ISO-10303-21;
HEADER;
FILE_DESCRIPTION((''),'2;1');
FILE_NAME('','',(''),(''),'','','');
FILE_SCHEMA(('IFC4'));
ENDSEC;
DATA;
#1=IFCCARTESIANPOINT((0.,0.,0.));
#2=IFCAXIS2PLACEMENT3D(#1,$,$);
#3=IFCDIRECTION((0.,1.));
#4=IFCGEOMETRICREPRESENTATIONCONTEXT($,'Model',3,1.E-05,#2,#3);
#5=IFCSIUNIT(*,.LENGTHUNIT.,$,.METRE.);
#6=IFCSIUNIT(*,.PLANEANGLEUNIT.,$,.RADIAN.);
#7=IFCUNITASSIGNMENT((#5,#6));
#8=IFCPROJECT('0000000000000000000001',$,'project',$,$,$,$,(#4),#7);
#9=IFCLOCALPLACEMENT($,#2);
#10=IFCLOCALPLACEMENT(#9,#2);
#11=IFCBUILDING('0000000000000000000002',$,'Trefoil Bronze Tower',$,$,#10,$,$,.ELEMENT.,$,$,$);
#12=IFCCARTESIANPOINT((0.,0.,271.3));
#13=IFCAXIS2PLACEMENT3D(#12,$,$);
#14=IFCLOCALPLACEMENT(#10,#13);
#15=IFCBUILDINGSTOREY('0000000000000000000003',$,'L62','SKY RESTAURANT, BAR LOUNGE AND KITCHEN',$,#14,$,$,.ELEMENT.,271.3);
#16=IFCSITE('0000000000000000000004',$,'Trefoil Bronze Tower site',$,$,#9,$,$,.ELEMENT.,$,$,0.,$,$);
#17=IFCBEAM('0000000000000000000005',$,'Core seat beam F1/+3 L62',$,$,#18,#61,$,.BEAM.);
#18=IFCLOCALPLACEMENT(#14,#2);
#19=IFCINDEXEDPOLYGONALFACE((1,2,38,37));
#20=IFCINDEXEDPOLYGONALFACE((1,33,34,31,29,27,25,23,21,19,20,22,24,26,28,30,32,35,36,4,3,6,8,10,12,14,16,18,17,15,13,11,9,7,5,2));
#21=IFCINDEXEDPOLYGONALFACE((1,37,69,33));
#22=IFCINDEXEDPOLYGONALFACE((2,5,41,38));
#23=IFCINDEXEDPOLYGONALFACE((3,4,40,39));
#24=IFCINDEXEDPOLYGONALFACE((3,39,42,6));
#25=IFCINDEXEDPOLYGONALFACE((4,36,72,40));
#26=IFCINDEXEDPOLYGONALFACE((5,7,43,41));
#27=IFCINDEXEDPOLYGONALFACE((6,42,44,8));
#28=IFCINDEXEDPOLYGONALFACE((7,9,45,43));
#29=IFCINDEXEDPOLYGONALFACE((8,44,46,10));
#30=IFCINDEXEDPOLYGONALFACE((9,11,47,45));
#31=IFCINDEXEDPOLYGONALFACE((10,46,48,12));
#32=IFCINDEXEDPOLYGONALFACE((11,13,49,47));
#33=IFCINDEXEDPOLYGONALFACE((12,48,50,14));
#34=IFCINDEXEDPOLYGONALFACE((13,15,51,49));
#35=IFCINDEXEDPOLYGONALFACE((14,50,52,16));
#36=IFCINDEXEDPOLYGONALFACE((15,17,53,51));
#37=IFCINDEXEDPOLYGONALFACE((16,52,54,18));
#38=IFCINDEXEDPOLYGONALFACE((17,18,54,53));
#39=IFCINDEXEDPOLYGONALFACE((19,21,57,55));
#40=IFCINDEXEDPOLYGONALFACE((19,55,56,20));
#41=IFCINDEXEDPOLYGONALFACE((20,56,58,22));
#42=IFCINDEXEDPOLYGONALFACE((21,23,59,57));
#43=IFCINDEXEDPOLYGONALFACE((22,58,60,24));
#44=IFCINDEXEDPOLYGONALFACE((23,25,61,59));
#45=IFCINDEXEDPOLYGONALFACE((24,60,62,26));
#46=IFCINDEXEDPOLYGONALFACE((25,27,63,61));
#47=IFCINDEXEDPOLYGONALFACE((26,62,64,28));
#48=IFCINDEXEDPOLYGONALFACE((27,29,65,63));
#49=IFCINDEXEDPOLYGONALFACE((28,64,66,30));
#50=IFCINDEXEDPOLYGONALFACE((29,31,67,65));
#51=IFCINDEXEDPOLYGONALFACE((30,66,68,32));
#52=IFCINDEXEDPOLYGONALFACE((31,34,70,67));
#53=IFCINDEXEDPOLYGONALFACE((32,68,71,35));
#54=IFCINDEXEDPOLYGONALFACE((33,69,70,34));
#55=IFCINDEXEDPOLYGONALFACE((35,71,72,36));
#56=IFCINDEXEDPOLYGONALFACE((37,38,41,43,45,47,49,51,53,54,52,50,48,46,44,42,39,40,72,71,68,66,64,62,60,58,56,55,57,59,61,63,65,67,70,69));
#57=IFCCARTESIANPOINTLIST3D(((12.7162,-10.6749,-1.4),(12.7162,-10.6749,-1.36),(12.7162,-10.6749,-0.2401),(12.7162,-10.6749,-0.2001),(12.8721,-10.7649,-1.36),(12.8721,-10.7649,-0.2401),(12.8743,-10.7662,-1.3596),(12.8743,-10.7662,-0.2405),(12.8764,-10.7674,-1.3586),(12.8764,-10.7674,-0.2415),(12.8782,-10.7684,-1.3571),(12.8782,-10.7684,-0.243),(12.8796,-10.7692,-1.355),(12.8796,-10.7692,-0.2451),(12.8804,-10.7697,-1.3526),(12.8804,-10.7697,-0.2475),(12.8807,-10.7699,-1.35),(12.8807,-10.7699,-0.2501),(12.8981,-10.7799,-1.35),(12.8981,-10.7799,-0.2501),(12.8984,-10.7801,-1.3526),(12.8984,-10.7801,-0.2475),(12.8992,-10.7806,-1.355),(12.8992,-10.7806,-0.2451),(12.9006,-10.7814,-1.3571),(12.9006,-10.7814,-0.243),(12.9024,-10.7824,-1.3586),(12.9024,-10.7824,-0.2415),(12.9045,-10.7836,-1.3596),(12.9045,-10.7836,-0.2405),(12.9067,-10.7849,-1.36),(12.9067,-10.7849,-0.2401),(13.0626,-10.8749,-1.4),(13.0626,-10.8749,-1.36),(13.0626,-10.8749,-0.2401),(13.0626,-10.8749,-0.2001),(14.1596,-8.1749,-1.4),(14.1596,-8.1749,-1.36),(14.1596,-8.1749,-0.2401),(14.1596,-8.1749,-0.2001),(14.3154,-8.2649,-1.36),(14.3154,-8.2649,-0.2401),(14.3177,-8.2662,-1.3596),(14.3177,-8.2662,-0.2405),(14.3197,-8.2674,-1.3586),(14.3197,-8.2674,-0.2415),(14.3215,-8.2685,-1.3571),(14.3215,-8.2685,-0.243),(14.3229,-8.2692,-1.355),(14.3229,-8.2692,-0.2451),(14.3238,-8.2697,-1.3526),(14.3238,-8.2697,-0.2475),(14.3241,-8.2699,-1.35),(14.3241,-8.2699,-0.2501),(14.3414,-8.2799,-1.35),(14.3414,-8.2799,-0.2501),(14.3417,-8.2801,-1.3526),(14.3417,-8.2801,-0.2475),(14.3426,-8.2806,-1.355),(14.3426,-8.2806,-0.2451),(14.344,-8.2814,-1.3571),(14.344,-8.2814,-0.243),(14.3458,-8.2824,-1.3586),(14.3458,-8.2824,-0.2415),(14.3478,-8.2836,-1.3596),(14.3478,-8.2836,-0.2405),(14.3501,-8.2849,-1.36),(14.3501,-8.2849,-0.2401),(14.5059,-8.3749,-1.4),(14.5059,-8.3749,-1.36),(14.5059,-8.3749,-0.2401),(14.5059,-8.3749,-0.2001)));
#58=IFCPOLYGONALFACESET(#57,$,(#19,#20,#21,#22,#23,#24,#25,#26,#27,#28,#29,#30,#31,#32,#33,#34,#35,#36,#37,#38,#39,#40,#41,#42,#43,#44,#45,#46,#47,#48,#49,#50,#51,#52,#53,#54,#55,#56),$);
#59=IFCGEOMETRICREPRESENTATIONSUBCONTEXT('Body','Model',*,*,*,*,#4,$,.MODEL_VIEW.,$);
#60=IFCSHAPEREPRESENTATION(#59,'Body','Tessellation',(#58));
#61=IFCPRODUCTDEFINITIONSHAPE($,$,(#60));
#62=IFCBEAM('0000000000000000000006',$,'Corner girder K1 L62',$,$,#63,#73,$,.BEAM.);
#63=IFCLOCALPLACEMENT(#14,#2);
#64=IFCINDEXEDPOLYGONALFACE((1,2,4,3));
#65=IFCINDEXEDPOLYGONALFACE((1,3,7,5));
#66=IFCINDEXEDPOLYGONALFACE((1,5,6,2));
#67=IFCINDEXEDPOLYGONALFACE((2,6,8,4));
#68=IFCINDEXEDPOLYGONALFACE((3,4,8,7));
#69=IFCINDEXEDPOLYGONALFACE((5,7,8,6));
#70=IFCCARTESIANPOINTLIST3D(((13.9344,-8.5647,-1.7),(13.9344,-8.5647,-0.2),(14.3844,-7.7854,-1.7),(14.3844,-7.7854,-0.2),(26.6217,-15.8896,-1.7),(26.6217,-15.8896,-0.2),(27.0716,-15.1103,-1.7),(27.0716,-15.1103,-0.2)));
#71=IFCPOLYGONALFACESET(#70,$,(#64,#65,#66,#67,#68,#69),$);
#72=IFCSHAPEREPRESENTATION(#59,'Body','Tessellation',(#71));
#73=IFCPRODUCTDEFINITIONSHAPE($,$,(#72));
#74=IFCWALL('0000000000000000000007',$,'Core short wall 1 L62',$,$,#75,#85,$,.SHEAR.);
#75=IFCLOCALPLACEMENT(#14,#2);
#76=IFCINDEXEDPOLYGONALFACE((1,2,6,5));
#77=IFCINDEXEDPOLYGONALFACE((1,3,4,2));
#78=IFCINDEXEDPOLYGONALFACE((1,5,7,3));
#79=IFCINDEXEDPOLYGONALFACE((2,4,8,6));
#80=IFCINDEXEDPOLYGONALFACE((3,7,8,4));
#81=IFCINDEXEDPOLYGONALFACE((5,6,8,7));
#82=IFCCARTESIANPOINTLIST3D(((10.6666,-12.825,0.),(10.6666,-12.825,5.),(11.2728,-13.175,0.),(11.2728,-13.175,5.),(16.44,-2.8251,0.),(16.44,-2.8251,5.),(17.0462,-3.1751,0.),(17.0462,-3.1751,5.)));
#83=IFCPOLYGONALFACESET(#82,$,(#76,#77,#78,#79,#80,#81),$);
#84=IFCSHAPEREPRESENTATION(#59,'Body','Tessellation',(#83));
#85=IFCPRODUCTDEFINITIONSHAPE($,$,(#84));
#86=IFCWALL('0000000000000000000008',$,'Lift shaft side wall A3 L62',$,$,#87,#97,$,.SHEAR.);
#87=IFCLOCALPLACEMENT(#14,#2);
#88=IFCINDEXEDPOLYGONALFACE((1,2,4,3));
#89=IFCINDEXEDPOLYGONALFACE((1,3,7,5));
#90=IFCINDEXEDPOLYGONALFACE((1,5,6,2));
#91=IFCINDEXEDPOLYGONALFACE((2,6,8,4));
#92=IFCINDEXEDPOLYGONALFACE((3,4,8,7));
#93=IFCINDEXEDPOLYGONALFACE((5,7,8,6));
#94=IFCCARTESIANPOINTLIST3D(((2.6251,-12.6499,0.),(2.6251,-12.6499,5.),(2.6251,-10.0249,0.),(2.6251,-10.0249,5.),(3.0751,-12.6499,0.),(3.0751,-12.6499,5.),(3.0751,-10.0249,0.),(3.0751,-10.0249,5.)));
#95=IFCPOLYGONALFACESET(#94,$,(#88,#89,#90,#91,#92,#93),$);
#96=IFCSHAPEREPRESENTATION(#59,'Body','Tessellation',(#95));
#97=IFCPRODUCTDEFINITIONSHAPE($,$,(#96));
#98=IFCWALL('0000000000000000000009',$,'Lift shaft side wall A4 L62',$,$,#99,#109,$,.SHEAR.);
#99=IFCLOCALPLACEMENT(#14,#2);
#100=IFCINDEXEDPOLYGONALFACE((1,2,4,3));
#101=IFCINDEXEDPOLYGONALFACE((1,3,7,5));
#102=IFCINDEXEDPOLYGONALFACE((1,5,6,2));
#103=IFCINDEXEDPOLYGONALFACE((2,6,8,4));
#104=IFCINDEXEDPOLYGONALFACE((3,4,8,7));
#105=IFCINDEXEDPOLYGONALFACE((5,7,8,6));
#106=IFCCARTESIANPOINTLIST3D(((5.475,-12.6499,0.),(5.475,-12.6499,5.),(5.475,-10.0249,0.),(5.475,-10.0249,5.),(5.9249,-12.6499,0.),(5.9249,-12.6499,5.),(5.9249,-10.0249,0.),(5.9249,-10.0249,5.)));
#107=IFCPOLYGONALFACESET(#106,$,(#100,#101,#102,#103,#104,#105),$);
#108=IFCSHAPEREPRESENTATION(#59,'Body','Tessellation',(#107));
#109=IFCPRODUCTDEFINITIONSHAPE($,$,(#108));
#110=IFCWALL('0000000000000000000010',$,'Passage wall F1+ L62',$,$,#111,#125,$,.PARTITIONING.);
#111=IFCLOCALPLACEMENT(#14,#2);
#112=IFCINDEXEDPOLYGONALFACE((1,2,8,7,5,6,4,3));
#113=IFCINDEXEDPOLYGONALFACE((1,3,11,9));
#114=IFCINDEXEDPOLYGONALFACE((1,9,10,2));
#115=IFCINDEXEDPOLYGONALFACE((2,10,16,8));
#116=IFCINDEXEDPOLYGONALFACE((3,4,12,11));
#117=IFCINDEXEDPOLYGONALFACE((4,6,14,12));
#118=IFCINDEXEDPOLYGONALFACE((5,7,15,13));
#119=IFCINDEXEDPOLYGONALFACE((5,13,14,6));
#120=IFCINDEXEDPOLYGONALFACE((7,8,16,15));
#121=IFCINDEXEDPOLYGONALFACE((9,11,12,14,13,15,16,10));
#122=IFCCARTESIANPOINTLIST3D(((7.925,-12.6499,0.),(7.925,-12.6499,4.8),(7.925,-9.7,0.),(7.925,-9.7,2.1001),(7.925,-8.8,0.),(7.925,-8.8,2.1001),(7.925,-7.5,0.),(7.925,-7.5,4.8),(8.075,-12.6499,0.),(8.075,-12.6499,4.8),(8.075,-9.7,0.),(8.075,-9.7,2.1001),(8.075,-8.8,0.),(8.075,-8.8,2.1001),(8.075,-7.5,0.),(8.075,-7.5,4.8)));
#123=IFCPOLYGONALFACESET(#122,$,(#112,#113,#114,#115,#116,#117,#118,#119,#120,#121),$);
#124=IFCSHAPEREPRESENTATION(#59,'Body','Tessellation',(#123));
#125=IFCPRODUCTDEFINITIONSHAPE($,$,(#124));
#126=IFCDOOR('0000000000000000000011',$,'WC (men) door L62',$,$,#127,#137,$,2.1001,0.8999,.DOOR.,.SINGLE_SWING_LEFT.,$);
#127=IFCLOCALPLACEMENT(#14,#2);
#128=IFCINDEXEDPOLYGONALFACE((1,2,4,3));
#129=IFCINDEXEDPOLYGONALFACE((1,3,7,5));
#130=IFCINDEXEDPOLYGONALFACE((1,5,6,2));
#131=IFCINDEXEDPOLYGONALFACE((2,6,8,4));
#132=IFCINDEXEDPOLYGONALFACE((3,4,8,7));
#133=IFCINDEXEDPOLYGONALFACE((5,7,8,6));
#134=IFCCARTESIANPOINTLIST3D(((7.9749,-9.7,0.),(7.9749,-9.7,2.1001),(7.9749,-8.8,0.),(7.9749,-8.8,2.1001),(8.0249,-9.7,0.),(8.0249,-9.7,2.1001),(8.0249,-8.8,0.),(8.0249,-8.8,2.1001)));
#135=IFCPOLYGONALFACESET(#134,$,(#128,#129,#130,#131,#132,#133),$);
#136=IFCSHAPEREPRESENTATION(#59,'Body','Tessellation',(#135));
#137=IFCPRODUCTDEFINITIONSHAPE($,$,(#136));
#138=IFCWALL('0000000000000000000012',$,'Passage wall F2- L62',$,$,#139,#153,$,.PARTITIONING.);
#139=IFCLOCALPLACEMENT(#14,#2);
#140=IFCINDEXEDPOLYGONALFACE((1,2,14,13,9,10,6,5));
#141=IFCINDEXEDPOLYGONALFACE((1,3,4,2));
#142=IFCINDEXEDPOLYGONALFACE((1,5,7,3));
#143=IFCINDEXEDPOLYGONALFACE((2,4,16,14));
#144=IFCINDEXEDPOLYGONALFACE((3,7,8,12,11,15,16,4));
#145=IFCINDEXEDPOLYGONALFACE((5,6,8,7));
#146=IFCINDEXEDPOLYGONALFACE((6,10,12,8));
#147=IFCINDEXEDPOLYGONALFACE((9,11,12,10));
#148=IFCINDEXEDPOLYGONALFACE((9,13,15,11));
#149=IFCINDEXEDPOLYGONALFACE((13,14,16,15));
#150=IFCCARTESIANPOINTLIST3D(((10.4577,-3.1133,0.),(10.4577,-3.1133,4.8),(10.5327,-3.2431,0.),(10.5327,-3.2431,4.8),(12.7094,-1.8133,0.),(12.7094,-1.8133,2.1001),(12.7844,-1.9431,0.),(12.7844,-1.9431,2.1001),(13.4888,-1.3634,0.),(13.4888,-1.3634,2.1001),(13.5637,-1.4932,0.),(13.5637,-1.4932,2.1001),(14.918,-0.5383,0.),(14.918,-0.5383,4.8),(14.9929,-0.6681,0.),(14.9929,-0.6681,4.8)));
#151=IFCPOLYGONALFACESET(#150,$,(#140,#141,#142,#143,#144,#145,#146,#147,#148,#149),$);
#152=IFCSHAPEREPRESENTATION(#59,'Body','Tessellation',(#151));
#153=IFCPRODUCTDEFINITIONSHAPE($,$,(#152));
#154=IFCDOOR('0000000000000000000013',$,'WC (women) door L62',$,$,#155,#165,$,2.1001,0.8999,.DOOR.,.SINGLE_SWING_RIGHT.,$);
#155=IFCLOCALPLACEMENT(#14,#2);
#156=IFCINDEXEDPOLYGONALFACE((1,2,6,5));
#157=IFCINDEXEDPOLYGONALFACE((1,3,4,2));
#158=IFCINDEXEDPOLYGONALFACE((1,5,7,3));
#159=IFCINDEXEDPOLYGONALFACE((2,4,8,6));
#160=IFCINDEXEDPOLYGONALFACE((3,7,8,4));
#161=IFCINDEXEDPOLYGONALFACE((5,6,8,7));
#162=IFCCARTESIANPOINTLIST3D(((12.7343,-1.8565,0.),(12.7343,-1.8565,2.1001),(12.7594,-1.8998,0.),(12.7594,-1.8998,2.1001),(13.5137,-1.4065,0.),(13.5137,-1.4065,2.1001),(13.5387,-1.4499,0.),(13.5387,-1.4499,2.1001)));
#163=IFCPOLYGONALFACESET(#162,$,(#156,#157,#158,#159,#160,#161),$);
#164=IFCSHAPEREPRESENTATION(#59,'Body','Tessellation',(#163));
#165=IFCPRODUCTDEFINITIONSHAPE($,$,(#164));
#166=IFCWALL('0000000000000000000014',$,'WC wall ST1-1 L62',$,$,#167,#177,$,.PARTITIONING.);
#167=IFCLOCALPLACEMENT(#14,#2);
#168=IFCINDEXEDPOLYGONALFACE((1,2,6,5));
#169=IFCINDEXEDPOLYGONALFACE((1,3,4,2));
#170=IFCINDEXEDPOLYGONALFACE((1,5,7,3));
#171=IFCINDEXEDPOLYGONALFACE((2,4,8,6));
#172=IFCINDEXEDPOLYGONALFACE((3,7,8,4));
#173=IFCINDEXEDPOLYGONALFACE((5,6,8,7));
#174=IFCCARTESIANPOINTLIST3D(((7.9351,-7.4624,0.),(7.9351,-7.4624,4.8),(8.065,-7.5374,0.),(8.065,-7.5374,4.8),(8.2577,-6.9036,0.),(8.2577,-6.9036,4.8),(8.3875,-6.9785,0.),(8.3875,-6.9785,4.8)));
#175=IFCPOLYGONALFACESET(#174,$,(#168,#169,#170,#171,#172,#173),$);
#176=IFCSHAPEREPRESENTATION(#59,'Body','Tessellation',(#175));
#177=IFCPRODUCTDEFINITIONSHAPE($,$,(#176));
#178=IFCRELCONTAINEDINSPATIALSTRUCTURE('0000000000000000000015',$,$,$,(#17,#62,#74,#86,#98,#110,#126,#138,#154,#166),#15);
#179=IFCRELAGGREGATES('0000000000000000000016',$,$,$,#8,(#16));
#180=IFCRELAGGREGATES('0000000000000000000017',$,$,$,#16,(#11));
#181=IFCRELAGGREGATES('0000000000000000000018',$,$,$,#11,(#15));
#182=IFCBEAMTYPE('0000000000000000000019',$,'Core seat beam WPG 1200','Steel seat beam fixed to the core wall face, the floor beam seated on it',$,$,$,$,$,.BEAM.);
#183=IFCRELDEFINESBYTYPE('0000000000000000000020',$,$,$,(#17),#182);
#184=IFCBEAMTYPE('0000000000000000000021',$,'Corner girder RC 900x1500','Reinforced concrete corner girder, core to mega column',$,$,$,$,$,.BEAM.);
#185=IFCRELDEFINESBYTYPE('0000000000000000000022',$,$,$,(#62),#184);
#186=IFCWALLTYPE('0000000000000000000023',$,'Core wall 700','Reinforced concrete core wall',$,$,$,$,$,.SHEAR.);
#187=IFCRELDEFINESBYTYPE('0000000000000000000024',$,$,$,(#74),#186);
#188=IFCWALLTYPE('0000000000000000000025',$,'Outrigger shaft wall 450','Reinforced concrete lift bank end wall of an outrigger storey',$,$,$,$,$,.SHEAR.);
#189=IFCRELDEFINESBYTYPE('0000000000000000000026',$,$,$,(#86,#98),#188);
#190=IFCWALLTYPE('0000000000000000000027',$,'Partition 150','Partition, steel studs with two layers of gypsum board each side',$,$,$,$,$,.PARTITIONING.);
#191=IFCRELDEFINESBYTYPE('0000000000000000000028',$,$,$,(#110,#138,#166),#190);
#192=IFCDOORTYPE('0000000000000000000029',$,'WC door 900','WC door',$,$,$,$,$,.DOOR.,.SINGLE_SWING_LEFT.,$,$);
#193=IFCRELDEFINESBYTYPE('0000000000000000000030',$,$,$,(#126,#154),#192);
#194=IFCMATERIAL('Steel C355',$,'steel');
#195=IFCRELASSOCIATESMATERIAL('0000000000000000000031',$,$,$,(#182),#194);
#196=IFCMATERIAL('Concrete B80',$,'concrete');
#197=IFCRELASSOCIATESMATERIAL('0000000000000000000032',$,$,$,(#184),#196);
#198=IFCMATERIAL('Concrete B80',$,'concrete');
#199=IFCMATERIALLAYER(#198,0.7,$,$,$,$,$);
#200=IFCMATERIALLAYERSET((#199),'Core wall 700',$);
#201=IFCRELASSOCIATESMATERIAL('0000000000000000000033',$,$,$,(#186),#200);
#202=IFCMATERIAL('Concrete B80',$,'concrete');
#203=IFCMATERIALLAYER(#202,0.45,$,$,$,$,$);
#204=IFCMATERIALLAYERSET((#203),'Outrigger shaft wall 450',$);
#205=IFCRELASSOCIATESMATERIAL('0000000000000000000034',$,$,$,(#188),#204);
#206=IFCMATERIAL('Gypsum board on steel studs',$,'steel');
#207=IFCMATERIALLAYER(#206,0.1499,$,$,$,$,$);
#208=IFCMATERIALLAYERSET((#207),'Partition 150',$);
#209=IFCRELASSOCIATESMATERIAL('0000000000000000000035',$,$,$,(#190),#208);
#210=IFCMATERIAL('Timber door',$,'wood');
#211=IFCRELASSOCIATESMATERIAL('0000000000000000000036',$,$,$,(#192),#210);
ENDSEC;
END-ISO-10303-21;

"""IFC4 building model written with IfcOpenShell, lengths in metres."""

from ifc_helpers import new_model, si_unit, direction, frame, frame_2d, origin, origin_2d, place, context, subcontext, project, spatial, rectangle, i_section, extrude, material, layer, layer_set, material_profile, profile_set, type_object, element, fill, save


model = new_model("IFC4")

# Units and contexts
model_context = context("Model", 3, precision=1e-05, world=origin(), true_north=direction((0.0, 1.0)))
body_context = subcontext(model_context, "Body", "Model", "MODEL_VIEW")
ifc_project = project(units=[si_unit("LENGTHUNIT", "METRE"), si_unit("PLANEANGLEUNIT", "RADIAN")], contexts=[model_context])

# Site, building, storey
site_placement = place(None, origin())
site = spatial("IfcSite", under=ifc_project, at=site_placement, Name="Trefoil Bronze Tower site", CompositionType="ELEMENT", RefElevation=0.0)
building_placement = place(site_placement, origin())
building = spatial("IfcBuilding", under=site, at=building_placement, Name="Trefoil Bronze Tower", CompositionType="ELEMENT")
storey_placement = place(building_placement, frame((0.0, 0.0, 271.3)))
storey = spatial("IfcBuildingStorey", under=building, at=storey_placement, Name="L62", Description="SKY RESTAURANT, BAR LOUNGE AND KITCHEN", CompositionType="ELEMENT", Elevation=271.3)

# Beams
ifc_material_1 = material(Name="Steel C355", Category="steel")
ifc_material_profile_1 = material_profile(ifc_material_1, i_section(OverallWidth=0.3999, OverallDepth=1.2, WebThickness=0.02, FlangeThickness=0.04, FilletRadius=0.01, at=origin_2d()), Name="WPG 1200")
ifc_profile_set_1 = profile_set([ifc_material_profile_1], Name="Steel C355")
beam_type_1 = type_object("IfcBeamType", Name="Core seat beam WPG 1200", Description="Steel seat beam fixed to the core wall face, the floor beam seated on it", PredefinedType="BEAM", material=ifc_profile_set_1)
beam_1_placement = place(storey_placement, frame((12.8894, -10.7749, -0.8), z_axis=(0.499996, 0.866028, 0.0), x_axis=(-0.866028, 0.499996, 0.0)))
element("IfcBeam", 1, at=beam_1_placement, inside=storey, type_object=beam_type_1, Name="Core seat beam F1/+3 L62", PredefinedType="BEAM", context=body_context, shape_type="SweptSolid", body=[
    extrude(i_section(OverallWidth=0.3999, OverallDepth=1.2, WebThickness=0.02, FlangeThickness=0.04, FilletRadius=0.01, at=origin_2d()), origin(), (0.0, 0.0, 1.0), 2.8867),
])
ifc_material_2 = material(Name="Concrete B80", Category="concrete")
ifc_material_profile_2 = material_profile(ifc_material_2, rectangle(XDim=0.8999, YDim=1.5, at=origin_2d()), Name="RC 900x1500")
ifc_profile_set_2 = profile_set([ifc_material_profile_2], Name="Concrete B80")
beam_type_2 = type_object("IfcBeamType", Name="Corner girder RC 900x1500", Description="Reinforced concrete corner girder, core to mega column", PredefinedType="BEAM", material=ifc_profile_set_2)
beam_2_placement = place(storey_placement, frame((14.1594, -8.175, -0.95), z_axis=(0.866027, -0.499998, 0.0), x_axis=(0.499998, 0.866027, 0.0)))
element("IfcBeam", 2, at=beam_2_placement, inside=storey, type_object=beam_type_2, Name="Corner girder K1 L62", PredefinedType="BEAM", context=body_context, shape_type="SweptSolid", body=[
    extrude(rectangle(XDim=0.8999, YDim=1.5, at=origin_2d()), origin(), (0.0, 0.0, 1.0), 14.6499),
])

# Walls
ifc_material_3 = material(Name="Concrete B80", Category="concrete")
ifc_layer_1 = layer(ifc_material_3, 0.7)
ifc_layer_set_1 = layer_set([ifc_layer_1], Name="Core wall 700")
wall_type_1 = type_object("IfcWallType", Name="Core wall 700", Description="Reinforced concrete core wall", PredefinedType="SHEAR", material=ifc_layer_set_1)
wall_1_placement = place(storey_placement, frame((10.9697, -13.0, 0.0), z_axis=(0.0, 0.0, 1.0), x_axis=(0.499996, 0.866028, 0.0)))
element("IfcWall", 3, at=wall_1_placement, inside=storey, type_object=wall_type_1, Name="Core short wall 1 L62", PredefinedType="SHEAR", context=body_context, shape_type="SweptSolid", body=[
    extrude(rectangle(XDim=11.5469, YDim=0.7, at=frame_2d((5.7734, 0.0))), origin(), (0.0, 0.0, 1.0), 5.0),
])
ifc_material_4 = material(Name="Concrete B80", Category="concrete")
ifc_layer_2 = layer(ifc_material_4, 0.45)
ifc_layer_set_2 = layer_set([ifc_layer_2], Name="Outrigger shaft wall 450")
wall_type_2 = type_object("IfcWallType", Name="Outrigger shaft wall 450", Description="Reinforced concrete lift bank end wall of an outrigger storey", PredefinedType="SHEAR", material=ifc_layer_set_2)
for number, where, z_axis, x_axis, name in (
    (4, (2.8501, -10.0249, 0.0), (0.0, 0.0, 1.0), (0.0, -1.0, 0.0), "Lift shaft side wall A3 L62"),
    (5, (5.7, -10.0249, 0.0), (0.0, 0.0, 1.0), (0.0, -1.0, 0.0), "Lift shaft side wall A4 L62"),
):
    element("IfcWall", number, at=place(storey_placement, frame(where, z_axis=z_axis, x_axis=x_axis)), inside=storey, type_object=wall_type_2, Name=name, PredefinedType="SHEAR", context=body_context, shape_type="SweptSolid", body=[
        extrude(rectangle(XDim=2.625, YDim=0.45, at=frame_2d((1.3125, 0.0))), origin(), (0.0, 0.0, 1.0), 5.0),
    ])

# Walls, openings, doors
ifc_material_5 = material(Name="Gypsum board on steel studs", Category="steel")
ifc_layer_3 = layer(ifc_material_5, 0.1499)
ifc_layer_set_3 = layer_set([ifc_layer_3], Name="Partition 150")
wall_type_3 = type_object("IfcWallType", Name="Partition 150", Description="Partition, steel studs with two layers of gypsum board each side", PredefinedType="PARTITIONING", material=ifc_layer_set_3)
wall_2_placement = place(storey_placement, frame((8.0, -7.5, 0.0), z_axis=(0.0, 0.0, 1.0), x_axis=(0.0, -1.0, 0.0)))
wall_2 = element("IfcWall", 6, at=wall_2_placement, inside=storey, type_object=wall_type_3, Name="Passage wall F1+ L62", PredefinedType="PARTITIONING", context=body_context, shape_type="SweptSolid", body=[
    extrude(rectangle(XDim=5.1499, YDim=0.1499, at=frame_2d((2.575, 0.0))), origin(), (0.0, 0.0, 1.0), 4.8),
])
opening_1_placement = place(wall_2_placement, frame((1.3, 0.0, 0.0)))
opening_1 = element("IfcOpeningElement", 7, at=opening_1_placement, cuts=wall_2, PredefinedType="OPENING", context=body_context, shape_type="SweptSolid", body=[
    extrude(rectangle(XDim=0.8999, YDim=2.1001, at=frame_2d((0.45, 1.05))), frame((0.0, 0.085, 0.0), z_axis=(0.0, -1.0, 0.0), x_axis=(1.0, 0.0, 0.0)), (0.0, 0.0, 1.0), 0.1699),
])
ifc_material_6 = material(Name="Timber door", Category="wood")
door_type_1 = type_object("IfcDoorType", Name="WC door 900", Description="WC door", OperationType="SINGLE_SWING_LEFT", PredefinedType="DOOR", material=ifc_material_6)
door_1_placement = place(opening_1_placement, origin())
door_1 = element("IfcDoor", 8, at=door_1_placement, inside=storey, type_object=door_type_1, Name="WC (men) door L62", OperationType="SINGLE_SWING_LEFT", OverallHeight=2.1001, OverallWidth=0.8999, PredefinedType="DOOR", context=body_context, shape_type="SweptSolid", body=[
    extrude(rectangle(XDim=0.8999, YDim=2.1001, at=frame_2d((0.45, 1.05))), frame((0.0, 0.0249, 0.0), z_axis=(0.0, -1.0, 0.0), x_axis=(1.0, 0.0, 0.0)), (0.0, 0.0, 1.0), 0.05),
])
fill(opening_1, door_1)
wall_3_placement = place(storey_placement, frame((10.4951, -3.1782, 0.0), z_axis=(0.0, 0.0, 1.0), x_axis=(0.866038, 0.499978, 0.0)))
wall_3 = element("IfcWall", 9, at=wall_3_placement, inside=storey, type_object=wall_type_3, Name="Passage wall F2- L62", PredefinedType="PARTITIONING", context=body_context, shape_type="SweptSolid", body=[
    extrude(rectangle(XDim=5.1501, YDim=0.1499, at=frame_2d((2.5752, 0.0))), origin(), (0.0, 0.0, 1.0), 4.8),
])
opening_2_placement = place(wall_3_placement, frame((2.6001, 0.0, 0.0)))
opening_2 = element("IfcOpeningElement", 10, at=opening_2_placement, cuts=wall_3, PredefinedType="OPENING", context=body_context, shape_type="SweptSolid", body=[
    extrude(rectangle(XDim=0.8999, YDim=2.1001, at=frame_2d((0.45, 1.05))), frame((0.0, 0.085, 0.0), z_axis=(0.0, -1.0, 0.0), x_axis=(1.0, 0.0, 0.0)), (0.0, 0.0, 1.0), 0.1699),
])
door_2_placement = place(opening_2_placement, frame((0.8999, 0.0, 0.0), z_axis=(0.0, 0.0, 1.0), x_axis=(-1.0, 0.0, 0.0)))
door_2 = element("IfcDoor", 11, at=door_2_placement, inside=storey, type_object=door_type_1, Name="WC (women) door L62", OperationType="SINGLE_SWING_RIGHT", OverallHeight=2.1001, OverallWidth=0.8999, PredefinedType="DOOR", context=body_context, shape_type="SweptSolid", body=[
    extrude(rectangle(XDim=0.8999, YDim=2.1001, at=frame_2d((0.45, 1.05))), frame((0.0, 0.0249, 0.0), z_axis=(0.0, -1.0, 0.0), x_axis=(1.0, 0.0, 0.0)), (0.0, 0.0, 1.0), 0.05),
])
fill(opening_2, door_2)

# Wall
for number, where, z_axis, x_axis, name in (
    (12, (8.0, -7.5, 0.0), (0.0, 0.0, 1.0), (0.499843, 0.866116, 0.0), "WC wall ST1-1 L62"),
):
    element("IfcWall", number, at=place(storey_placement, frame(where, z_axis=z_axis, x_axis=x_axis)), inside=storey, type_object=wall_type_3, Name=name, PredefinedType="PARTITIONING", context=body_context, shape_type="SweptSolid", body=[
        extrude(rectangle(XDim=0.6453, YDim=0.1499, at=frame_2d((0.3228, 0.0))), origin(), (0.0, 0.0, 1.0), 4.8),
    ])

save(model, "model.ifc")
